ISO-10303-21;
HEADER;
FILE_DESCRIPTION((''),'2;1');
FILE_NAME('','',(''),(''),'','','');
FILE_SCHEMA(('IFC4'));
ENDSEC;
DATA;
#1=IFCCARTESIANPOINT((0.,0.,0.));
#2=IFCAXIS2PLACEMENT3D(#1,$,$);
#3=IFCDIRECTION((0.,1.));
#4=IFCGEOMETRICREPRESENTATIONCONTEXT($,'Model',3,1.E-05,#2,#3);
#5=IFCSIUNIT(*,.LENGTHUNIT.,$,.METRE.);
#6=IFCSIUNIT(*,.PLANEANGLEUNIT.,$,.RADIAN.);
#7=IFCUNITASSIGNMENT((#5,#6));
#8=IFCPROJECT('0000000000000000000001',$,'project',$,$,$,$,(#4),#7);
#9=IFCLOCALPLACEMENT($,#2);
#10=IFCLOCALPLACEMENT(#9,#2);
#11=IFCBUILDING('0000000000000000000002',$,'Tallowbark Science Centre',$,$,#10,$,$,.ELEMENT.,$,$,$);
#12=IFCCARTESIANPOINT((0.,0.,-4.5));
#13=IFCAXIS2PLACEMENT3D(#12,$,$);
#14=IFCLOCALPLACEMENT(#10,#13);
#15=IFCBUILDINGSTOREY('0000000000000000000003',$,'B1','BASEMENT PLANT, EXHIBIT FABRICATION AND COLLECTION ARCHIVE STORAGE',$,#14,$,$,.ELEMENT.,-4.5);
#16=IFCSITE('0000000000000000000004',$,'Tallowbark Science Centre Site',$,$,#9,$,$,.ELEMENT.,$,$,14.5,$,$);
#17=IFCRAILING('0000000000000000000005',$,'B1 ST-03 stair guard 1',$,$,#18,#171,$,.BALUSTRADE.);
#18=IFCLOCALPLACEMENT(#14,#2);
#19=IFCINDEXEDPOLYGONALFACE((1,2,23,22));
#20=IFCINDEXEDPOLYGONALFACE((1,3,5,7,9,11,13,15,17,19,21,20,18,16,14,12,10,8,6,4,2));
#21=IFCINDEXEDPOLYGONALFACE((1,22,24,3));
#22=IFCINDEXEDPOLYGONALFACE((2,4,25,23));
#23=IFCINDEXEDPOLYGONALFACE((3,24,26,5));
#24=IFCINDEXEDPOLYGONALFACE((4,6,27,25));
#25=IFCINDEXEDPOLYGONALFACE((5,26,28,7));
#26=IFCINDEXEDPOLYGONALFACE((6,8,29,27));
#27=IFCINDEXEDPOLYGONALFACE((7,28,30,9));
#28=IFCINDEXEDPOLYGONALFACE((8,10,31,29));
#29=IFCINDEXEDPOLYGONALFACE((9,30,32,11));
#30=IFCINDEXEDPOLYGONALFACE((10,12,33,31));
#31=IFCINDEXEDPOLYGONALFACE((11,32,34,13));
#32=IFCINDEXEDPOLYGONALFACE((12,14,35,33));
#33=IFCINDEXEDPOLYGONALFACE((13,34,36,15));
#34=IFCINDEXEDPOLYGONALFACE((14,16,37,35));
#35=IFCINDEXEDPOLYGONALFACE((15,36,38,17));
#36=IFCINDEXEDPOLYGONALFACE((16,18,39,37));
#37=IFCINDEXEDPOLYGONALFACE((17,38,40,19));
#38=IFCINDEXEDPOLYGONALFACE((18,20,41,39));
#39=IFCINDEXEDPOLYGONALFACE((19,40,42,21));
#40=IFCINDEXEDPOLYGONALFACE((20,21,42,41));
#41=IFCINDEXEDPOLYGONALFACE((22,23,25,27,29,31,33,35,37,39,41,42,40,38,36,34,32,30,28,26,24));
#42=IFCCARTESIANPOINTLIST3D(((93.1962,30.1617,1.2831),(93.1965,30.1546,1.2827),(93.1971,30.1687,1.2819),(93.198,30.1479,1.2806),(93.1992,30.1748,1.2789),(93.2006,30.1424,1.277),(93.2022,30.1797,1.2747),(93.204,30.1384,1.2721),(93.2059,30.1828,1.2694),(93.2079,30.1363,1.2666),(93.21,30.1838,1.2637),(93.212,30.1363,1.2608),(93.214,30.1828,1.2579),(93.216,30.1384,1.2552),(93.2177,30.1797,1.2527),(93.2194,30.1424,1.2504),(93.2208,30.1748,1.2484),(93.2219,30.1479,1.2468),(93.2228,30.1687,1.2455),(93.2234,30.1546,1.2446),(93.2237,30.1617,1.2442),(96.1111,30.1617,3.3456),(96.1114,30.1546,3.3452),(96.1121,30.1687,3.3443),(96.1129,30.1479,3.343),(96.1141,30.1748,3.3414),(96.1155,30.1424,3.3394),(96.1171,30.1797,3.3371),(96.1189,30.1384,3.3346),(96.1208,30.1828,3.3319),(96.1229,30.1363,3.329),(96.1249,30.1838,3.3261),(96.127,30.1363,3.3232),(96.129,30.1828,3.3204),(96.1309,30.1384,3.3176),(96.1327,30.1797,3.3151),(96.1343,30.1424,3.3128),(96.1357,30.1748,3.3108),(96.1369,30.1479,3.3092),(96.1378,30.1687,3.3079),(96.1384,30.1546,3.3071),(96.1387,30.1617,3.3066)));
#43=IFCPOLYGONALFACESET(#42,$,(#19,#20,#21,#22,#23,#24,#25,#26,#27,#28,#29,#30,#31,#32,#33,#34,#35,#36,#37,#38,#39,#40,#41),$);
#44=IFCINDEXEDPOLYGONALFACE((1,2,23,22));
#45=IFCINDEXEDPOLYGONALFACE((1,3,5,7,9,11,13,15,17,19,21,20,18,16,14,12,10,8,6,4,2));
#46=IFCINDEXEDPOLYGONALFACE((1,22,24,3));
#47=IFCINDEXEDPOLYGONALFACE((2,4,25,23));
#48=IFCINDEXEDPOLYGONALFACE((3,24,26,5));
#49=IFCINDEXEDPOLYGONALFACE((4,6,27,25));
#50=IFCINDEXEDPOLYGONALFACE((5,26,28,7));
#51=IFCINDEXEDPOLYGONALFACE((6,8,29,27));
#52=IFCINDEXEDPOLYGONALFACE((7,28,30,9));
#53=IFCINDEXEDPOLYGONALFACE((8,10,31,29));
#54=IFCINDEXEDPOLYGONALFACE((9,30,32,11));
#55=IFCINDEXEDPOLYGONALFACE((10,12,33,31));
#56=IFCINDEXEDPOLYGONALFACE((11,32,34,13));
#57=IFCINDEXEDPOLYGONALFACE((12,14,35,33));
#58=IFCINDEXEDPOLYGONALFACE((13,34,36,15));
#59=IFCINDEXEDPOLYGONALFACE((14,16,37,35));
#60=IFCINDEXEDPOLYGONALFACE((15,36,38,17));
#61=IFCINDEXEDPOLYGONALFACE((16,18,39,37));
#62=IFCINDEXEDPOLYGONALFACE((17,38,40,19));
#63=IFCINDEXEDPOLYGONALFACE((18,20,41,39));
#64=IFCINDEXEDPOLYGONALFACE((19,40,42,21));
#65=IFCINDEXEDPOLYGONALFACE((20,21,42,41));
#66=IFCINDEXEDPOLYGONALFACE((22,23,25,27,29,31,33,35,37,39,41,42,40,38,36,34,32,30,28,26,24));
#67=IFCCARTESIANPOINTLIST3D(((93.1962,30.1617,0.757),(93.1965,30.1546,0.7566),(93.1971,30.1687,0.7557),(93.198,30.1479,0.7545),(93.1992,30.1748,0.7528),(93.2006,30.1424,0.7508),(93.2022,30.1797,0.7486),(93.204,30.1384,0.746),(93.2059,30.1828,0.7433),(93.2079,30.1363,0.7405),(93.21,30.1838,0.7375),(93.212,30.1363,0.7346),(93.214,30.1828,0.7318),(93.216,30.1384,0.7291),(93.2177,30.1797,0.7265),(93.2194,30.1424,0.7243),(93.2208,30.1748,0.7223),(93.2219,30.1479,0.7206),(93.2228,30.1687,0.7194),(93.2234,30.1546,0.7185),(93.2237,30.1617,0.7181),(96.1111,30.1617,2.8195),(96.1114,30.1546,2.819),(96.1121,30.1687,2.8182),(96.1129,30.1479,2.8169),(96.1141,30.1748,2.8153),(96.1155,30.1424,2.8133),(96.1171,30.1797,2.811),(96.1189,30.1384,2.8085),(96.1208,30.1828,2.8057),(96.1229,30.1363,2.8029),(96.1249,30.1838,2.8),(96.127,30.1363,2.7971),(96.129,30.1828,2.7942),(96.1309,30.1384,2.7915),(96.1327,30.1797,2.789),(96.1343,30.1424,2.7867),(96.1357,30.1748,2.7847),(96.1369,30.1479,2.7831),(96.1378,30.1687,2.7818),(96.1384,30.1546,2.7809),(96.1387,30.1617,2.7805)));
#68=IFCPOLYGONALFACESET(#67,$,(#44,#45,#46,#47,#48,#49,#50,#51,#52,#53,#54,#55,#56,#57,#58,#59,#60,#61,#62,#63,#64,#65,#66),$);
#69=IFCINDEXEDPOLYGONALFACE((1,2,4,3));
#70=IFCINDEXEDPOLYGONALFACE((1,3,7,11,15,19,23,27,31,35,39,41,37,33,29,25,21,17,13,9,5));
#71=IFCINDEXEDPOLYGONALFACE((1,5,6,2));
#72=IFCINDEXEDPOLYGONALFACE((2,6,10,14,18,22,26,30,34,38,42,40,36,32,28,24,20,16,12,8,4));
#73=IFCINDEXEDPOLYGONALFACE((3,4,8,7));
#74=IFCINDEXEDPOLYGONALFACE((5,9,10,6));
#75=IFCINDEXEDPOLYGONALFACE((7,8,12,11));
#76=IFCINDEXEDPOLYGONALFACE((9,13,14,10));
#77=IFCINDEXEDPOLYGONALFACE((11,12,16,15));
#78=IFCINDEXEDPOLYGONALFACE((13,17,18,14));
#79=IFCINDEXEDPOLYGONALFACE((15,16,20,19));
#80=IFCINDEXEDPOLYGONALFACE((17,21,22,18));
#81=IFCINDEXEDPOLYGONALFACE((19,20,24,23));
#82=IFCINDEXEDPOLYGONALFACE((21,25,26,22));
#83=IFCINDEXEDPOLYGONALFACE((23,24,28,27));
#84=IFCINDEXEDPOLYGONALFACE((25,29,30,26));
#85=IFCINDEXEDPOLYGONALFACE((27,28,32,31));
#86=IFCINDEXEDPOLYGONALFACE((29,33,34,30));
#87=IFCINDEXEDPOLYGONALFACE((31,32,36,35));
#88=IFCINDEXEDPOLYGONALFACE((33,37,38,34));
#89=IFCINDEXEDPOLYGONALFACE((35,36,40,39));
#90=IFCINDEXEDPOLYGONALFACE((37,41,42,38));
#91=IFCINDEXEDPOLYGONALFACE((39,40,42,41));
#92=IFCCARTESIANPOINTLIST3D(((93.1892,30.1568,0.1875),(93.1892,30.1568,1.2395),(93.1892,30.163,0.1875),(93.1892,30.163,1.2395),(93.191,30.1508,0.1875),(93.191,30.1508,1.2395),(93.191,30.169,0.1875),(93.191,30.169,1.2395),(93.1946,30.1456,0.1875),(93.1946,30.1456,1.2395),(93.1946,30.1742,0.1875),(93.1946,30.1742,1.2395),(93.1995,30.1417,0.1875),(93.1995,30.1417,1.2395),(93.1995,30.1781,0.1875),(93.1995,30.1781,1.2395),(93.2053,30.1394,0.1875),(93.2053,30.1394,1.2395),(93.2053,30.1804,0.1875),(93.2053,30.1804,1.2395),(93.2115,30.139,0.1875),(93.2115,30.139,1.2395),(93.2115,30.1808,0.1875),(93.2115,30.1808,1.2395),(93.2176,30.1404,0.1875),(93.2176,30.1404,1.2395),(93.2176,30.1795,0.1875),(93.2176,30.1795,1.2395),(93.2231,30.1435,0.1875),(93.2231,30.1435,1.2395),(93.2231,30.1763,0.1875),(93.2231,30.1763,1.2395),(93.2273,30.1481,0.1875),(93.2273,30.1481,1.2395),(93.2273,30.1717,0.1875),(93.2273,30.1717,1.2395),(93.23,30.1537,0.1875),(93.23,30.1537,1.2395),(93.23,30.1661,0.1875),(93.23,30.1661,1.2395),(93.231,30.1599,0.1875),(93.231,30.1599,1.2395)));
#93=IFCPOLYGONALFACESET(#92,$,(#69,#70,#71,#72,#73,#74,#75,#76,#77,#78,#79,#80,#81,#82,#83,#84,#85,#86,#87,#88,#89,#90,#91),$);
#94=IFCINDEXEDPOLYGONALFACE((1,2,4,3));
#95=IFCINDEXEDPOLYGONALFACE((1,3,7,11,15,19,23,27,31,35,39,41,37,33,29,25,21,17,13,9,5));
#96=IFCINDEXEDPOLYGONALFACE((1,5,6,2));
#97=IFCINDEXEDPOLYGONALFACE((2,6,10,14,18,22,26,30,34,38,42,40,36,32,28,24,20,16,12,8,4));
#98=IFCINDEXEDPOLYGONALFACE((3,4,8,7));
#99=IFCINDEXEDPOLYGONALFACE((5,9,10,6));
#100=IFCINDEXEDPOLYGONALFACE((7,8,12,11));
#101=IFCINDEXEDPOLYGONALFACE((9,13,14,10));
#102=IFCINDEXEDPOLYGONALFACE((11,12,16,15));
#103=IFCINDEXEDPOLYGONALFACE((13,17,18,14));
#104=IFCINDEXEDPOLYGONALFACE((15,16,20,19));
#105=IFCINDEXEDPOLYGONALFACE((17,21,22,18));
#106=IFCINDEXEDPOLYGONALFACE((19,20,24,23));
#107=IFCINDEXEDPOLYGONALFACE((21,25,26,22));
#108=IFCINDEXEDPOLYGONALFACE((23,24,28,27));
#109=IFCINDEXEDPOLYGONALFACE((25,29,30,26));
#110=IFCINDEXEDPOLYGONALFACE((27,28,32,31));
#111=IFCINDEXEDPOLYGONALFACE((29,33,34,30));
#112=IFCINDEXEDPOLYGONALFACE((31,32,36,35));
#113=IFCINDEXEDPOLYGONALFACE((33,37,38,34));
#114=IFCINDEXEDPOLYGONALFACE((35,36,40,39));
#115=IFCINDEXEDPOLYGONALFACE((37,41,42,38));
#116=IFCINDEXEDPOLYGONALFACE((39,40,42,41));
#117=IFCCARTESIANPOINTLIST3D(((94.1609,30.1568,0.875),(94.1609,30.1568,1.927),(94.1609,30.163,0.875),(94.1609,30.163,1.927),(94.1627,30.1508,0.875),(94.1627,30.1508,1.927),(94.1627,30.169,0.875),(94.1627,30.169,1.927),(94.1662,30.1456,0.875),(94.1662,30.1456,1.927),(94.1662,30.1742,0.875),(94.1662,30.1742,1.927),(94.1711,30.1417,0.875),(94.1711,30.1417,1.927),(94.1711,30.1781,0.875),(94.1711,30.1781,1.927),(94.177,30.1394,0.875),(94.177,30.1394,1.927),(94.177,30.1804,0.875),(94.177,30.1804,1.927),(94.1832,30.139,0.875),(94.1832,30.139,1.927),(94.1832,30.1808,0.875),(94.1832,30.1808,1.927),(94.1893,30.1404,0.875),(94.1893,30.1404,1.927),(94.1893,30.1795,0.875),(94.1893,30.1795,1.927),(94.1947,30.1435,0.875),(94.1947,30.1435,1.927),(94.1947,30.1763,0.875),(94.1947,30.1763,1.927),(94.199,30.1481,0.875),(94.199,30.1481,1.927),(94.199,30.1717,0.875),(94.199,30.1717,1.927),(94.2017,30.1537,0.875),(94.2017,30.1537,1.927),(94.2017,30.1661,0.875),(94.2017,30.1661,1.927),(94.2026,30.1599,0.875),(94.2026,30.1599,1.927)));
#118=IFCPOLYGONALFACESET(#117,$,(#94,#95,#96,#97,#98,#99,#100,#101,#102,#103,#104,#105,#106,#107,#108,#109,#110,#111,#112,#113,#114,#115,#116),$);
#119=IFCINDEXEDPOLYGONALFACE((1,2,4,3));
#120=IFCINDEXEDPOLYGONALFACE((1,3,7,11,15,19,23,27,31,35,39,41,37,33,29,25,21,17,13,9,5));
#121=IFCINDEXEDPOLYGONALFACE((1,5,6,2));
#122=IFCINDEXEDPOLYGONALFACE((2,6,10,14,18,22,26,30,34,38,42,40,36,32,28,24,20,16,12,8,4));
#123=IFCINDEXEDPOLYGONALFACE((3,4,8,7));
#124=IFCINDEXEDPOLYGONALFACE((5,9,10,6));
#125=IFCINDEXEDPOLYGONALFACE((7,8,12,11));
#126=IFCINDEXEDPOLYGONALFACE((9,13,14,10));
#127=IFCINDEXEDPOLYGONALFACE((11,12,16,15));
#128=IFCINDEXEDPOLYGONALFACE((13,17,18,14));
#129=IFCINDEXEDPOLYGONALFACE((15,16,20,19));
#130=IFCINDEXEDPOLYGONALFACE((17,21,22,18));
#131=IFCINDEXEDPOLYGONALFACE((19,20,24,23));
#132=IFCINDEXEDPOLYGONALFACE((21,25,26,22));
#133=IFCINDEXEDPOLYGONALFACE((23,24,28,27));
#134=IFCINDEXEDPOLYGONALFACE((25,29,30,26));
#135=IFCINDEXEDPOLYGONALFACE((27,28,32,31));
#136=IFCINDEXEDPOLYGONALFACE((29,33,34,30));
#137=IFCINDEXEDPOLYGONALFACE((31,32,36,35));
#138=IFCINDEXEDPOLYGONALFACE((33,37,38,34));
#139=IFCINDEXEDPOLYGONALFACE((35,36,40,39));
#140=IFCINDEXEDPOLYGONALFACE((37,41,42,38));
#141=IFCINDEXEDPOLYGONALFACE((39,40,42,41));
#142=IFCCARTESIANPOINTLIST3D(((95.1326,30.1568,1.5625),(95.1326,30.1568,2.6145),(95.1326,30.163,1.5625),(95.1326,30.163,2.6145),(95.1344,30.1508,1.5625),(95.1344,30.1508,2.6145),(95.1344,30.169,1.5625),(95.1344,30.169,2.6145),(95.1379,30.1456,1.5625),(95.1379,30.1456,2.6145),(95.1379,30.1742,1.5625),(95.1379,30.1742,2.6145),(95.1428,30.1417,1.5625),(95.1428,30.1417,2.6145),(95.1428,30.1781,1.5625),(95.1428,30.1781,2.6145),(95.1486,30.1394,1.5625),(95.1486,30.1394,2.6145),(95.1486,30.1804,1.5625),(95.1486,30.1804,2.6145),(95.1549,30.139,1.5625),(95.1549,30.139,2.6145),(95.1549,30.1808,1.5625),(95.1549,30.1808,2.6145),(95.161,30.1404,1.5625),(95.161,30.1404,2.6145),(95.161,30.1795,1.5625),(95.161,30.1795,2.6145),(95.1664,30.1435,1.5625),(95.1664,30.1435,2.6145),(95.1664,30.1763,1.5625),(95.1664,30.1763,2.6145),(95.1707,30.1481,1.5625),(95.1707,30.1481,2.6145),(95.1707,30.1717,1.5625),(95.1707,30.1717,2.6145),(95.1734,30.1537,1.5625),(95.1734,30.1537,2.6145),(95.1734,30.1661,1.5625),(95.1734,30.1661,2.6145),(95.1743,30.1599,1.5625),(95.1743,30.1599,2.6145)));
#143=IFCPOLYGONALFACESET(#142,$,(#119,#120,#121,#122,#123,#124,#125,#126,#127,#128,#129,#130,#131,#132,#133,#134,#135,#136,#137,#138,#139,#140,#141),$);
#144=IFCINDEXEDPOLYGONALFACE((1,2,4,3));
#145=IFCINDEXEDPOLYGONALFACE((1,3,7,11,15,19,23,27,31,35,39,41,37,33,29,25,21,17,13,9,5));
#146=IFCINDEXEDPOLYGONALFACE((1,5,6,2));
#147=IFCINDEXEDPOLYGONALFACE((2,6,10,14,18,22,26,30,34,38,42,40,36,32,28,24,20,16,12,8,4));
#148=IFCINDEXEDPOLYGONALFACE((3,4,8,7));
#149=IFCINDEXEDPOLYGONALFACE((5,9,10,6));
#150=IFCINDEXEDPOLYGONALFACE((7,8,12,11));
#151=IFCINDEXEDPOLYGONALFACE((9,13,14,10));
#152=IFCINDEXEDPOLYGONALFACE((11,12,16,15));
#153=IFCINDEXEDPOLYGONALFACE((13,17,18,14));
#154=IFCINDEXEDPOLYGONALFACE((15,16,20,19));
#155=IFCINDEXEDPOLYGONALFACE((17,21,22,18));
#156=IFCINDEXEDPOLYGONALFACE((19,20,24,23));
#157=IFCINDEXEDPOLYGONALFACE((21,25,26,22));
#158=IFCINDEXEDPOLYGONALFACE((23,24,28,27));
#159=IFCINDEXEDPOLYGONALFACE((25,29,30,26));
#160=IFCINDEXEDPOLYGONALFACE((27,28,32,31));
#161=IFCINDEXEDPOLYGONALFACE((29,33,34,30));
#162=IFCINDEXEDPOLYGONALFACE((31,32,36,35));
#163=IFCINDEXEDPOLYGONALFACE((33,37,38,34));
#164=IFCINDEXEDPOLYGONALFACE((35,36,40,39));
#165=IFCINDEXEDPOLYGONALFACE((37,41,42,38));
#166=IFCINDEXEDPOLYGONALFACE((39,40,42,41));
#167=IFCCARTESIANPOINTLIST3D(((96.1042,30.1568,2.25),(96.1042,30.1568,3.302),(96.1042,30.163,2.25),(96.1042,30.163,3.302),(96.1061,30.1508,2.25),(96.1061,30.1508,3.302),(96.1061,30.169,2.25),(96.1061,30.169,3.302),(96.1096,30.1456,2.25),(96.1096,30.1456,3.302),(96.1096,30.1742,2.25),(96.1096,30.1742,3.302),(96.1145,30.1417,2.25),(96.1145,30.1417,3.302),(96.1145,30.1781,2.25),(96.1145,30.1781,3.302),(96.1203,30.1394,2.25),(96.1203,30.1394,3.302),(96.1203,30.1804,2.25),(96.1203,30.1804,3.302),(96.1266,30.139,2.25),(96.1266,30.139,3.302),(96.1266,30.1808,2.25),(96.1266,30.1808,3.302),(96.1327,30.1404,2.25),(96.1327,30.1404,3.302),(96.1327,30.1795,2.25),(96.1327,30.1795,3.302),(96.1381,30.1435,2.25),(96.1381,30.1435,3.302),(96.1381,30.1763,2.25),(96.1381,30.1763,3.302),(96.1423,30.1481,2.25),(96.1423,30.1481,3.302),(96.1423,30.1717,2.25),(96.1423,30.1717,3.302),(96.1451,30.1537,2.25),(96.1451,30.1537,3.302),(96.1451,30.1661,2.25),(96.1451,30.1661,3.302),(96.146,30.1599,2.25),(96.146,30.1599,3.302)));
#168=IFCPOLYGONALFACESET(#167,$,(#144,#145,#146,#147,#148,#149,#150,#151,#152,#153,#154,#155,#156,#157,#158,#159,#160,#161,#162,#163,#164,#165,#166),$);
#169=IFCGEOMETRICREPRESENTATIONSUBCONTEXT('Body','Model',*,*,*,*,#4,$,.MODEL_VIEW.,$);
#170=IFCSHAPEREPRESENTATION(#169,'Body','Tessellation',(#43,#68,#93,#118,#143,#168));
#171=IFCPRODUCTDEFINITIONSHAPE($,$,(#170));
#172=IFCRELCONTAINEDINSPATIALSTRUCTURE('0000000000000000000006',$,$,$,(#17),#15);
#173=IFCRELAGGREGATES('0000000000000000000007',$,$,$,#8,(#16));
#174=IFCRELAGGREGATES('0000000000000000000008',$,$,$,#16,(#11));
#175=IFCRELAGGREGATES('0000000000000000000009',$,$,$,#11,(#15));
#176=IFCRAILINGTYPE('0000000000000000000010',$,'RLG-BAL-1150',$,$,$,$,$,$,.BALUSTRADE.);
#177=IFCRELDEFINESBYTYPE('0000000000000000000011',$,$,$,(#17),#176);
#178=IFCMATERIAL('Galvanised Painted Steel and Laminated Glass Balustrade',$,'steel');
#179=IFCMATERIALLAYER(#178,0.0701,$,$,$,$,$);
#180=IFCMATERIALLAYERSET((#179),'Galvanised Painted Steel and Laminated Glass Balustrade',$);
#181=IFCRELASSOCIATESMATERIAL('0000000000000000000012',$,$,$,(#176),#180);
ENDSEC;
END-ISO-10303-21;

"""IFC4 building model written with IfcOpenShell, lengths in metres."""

from ifc_helpers import new_model, si_unit, direction, frame, origin, origin_2d, place, context, subcontext, project, spatial, circle, extrude, material, layer, layer_set, type_object, element, save


model = new_model("IFC4")

# Units and contexts
model_context = context("Model", 3, precision=1e-05, world=origin(), true_north=direction((0.0, 1.0)))
body_context = subcontext(model_context, "Body", "Model", "MODEL_VIEW")
ifc_project = project(units=[si_unit("LENGTHUNIT", "METRE"), si_unit("PLANEANGLEUNIT", "RADIAN")], contexts=[model_context])

# Site, building, storey
site_placement = place(None, origin())
site = spatial("IfcSite", under=ifc_project, at=site_placement, Name="Tallowbark Science Centre Site", CompositionType="ELEMENT", RefElevation=14.5)
building_placement = place(site_placement, origin())
building = spatial("IfcBuilding", under=site, at=building_placement, Name="Tallowbark Science Centre", CompositionType="ELEMENT")
storey_placement = place(building_placement, frame((0.0, 0.0, -4.5)))
storey = spatial("IfcBuildingStorey", under=building, at=storey_placement, Name="B1", Description="BASEMENT PLANT, EXHIBIT FABRICATION AND COLLECTION ARCHIVE STORAGE", CompositionType="ELEMENT", Elevation=-4.5)

# Railing
ifc_material_1 = material(Name="Galvanised Painted Steel and Laminated Glass Balustrade", Category="steel")
ifc_layer_1 = layer(ifc_material_1, 0.0701)
ifc_layer_set_1 = layer_set([ifc_layer_1], Name="Galvanised Painted Steel and Laminated Glass Balustrade")
railing_type_1 = type_object("IfcRailingType", Name="RLG-BAL-1150", PredefinedType="BALUSTRADE", material=ifc_layer_set_1)
railing_1_placement = place(storey_placement, frame((93.21, 30.1599, 0.1875)))
element("IfcRailing", 1, at=railing_1_placement, inside=storey, type_object=railing_type_1, Name="B1 ST-03 stair guard 1", PredefinedType="BALUSTRADE", context=body_context, shape_type="SweptSolid", body=[
    extrude(circle(Radius=0.0239, at=origin_2d()), frame((0.0, 0.0, 1.0762), z_axis=(0.816331, 0.0, 0.577585), x_axis=(0.0, 1.0, 0.0)), (0.0, 0.0, 1.0), 3.5708),
    extrude(circle(Radius=0.0239, at=origin_2d()), frame((0.0, 0.0, 0.55), z_axis=(0.816331, 0.0, 0.577585), x_axis=(0.0, 1.0, 0.0)), (0.0, 0.0, 1.0), 3.5708),
    extrude(circle(Radius=0.021, at=origin_2d()), origin(), (0.0, 0.0, 1.0), 1.052),
    extrude(circle(Radius=0.021, at=origin_2d()), frame((0.9717, 0.0, 0.6875)), (0.0, 0.0, 1.0), 1.052),
    extrude(circle(Radius=0.021, at=origin_2d()), frame((1.9434, 0.0, 1.375)), (0.0, 0.0, 1.0), 1.052),
    extrude(circle(Radius=0.021, at=origin_2d()), frame((2.915, 0.0, 2.0625)), (0.0, 0.0, 1.0), 1.052),
])

save(model, "model.ifc")
